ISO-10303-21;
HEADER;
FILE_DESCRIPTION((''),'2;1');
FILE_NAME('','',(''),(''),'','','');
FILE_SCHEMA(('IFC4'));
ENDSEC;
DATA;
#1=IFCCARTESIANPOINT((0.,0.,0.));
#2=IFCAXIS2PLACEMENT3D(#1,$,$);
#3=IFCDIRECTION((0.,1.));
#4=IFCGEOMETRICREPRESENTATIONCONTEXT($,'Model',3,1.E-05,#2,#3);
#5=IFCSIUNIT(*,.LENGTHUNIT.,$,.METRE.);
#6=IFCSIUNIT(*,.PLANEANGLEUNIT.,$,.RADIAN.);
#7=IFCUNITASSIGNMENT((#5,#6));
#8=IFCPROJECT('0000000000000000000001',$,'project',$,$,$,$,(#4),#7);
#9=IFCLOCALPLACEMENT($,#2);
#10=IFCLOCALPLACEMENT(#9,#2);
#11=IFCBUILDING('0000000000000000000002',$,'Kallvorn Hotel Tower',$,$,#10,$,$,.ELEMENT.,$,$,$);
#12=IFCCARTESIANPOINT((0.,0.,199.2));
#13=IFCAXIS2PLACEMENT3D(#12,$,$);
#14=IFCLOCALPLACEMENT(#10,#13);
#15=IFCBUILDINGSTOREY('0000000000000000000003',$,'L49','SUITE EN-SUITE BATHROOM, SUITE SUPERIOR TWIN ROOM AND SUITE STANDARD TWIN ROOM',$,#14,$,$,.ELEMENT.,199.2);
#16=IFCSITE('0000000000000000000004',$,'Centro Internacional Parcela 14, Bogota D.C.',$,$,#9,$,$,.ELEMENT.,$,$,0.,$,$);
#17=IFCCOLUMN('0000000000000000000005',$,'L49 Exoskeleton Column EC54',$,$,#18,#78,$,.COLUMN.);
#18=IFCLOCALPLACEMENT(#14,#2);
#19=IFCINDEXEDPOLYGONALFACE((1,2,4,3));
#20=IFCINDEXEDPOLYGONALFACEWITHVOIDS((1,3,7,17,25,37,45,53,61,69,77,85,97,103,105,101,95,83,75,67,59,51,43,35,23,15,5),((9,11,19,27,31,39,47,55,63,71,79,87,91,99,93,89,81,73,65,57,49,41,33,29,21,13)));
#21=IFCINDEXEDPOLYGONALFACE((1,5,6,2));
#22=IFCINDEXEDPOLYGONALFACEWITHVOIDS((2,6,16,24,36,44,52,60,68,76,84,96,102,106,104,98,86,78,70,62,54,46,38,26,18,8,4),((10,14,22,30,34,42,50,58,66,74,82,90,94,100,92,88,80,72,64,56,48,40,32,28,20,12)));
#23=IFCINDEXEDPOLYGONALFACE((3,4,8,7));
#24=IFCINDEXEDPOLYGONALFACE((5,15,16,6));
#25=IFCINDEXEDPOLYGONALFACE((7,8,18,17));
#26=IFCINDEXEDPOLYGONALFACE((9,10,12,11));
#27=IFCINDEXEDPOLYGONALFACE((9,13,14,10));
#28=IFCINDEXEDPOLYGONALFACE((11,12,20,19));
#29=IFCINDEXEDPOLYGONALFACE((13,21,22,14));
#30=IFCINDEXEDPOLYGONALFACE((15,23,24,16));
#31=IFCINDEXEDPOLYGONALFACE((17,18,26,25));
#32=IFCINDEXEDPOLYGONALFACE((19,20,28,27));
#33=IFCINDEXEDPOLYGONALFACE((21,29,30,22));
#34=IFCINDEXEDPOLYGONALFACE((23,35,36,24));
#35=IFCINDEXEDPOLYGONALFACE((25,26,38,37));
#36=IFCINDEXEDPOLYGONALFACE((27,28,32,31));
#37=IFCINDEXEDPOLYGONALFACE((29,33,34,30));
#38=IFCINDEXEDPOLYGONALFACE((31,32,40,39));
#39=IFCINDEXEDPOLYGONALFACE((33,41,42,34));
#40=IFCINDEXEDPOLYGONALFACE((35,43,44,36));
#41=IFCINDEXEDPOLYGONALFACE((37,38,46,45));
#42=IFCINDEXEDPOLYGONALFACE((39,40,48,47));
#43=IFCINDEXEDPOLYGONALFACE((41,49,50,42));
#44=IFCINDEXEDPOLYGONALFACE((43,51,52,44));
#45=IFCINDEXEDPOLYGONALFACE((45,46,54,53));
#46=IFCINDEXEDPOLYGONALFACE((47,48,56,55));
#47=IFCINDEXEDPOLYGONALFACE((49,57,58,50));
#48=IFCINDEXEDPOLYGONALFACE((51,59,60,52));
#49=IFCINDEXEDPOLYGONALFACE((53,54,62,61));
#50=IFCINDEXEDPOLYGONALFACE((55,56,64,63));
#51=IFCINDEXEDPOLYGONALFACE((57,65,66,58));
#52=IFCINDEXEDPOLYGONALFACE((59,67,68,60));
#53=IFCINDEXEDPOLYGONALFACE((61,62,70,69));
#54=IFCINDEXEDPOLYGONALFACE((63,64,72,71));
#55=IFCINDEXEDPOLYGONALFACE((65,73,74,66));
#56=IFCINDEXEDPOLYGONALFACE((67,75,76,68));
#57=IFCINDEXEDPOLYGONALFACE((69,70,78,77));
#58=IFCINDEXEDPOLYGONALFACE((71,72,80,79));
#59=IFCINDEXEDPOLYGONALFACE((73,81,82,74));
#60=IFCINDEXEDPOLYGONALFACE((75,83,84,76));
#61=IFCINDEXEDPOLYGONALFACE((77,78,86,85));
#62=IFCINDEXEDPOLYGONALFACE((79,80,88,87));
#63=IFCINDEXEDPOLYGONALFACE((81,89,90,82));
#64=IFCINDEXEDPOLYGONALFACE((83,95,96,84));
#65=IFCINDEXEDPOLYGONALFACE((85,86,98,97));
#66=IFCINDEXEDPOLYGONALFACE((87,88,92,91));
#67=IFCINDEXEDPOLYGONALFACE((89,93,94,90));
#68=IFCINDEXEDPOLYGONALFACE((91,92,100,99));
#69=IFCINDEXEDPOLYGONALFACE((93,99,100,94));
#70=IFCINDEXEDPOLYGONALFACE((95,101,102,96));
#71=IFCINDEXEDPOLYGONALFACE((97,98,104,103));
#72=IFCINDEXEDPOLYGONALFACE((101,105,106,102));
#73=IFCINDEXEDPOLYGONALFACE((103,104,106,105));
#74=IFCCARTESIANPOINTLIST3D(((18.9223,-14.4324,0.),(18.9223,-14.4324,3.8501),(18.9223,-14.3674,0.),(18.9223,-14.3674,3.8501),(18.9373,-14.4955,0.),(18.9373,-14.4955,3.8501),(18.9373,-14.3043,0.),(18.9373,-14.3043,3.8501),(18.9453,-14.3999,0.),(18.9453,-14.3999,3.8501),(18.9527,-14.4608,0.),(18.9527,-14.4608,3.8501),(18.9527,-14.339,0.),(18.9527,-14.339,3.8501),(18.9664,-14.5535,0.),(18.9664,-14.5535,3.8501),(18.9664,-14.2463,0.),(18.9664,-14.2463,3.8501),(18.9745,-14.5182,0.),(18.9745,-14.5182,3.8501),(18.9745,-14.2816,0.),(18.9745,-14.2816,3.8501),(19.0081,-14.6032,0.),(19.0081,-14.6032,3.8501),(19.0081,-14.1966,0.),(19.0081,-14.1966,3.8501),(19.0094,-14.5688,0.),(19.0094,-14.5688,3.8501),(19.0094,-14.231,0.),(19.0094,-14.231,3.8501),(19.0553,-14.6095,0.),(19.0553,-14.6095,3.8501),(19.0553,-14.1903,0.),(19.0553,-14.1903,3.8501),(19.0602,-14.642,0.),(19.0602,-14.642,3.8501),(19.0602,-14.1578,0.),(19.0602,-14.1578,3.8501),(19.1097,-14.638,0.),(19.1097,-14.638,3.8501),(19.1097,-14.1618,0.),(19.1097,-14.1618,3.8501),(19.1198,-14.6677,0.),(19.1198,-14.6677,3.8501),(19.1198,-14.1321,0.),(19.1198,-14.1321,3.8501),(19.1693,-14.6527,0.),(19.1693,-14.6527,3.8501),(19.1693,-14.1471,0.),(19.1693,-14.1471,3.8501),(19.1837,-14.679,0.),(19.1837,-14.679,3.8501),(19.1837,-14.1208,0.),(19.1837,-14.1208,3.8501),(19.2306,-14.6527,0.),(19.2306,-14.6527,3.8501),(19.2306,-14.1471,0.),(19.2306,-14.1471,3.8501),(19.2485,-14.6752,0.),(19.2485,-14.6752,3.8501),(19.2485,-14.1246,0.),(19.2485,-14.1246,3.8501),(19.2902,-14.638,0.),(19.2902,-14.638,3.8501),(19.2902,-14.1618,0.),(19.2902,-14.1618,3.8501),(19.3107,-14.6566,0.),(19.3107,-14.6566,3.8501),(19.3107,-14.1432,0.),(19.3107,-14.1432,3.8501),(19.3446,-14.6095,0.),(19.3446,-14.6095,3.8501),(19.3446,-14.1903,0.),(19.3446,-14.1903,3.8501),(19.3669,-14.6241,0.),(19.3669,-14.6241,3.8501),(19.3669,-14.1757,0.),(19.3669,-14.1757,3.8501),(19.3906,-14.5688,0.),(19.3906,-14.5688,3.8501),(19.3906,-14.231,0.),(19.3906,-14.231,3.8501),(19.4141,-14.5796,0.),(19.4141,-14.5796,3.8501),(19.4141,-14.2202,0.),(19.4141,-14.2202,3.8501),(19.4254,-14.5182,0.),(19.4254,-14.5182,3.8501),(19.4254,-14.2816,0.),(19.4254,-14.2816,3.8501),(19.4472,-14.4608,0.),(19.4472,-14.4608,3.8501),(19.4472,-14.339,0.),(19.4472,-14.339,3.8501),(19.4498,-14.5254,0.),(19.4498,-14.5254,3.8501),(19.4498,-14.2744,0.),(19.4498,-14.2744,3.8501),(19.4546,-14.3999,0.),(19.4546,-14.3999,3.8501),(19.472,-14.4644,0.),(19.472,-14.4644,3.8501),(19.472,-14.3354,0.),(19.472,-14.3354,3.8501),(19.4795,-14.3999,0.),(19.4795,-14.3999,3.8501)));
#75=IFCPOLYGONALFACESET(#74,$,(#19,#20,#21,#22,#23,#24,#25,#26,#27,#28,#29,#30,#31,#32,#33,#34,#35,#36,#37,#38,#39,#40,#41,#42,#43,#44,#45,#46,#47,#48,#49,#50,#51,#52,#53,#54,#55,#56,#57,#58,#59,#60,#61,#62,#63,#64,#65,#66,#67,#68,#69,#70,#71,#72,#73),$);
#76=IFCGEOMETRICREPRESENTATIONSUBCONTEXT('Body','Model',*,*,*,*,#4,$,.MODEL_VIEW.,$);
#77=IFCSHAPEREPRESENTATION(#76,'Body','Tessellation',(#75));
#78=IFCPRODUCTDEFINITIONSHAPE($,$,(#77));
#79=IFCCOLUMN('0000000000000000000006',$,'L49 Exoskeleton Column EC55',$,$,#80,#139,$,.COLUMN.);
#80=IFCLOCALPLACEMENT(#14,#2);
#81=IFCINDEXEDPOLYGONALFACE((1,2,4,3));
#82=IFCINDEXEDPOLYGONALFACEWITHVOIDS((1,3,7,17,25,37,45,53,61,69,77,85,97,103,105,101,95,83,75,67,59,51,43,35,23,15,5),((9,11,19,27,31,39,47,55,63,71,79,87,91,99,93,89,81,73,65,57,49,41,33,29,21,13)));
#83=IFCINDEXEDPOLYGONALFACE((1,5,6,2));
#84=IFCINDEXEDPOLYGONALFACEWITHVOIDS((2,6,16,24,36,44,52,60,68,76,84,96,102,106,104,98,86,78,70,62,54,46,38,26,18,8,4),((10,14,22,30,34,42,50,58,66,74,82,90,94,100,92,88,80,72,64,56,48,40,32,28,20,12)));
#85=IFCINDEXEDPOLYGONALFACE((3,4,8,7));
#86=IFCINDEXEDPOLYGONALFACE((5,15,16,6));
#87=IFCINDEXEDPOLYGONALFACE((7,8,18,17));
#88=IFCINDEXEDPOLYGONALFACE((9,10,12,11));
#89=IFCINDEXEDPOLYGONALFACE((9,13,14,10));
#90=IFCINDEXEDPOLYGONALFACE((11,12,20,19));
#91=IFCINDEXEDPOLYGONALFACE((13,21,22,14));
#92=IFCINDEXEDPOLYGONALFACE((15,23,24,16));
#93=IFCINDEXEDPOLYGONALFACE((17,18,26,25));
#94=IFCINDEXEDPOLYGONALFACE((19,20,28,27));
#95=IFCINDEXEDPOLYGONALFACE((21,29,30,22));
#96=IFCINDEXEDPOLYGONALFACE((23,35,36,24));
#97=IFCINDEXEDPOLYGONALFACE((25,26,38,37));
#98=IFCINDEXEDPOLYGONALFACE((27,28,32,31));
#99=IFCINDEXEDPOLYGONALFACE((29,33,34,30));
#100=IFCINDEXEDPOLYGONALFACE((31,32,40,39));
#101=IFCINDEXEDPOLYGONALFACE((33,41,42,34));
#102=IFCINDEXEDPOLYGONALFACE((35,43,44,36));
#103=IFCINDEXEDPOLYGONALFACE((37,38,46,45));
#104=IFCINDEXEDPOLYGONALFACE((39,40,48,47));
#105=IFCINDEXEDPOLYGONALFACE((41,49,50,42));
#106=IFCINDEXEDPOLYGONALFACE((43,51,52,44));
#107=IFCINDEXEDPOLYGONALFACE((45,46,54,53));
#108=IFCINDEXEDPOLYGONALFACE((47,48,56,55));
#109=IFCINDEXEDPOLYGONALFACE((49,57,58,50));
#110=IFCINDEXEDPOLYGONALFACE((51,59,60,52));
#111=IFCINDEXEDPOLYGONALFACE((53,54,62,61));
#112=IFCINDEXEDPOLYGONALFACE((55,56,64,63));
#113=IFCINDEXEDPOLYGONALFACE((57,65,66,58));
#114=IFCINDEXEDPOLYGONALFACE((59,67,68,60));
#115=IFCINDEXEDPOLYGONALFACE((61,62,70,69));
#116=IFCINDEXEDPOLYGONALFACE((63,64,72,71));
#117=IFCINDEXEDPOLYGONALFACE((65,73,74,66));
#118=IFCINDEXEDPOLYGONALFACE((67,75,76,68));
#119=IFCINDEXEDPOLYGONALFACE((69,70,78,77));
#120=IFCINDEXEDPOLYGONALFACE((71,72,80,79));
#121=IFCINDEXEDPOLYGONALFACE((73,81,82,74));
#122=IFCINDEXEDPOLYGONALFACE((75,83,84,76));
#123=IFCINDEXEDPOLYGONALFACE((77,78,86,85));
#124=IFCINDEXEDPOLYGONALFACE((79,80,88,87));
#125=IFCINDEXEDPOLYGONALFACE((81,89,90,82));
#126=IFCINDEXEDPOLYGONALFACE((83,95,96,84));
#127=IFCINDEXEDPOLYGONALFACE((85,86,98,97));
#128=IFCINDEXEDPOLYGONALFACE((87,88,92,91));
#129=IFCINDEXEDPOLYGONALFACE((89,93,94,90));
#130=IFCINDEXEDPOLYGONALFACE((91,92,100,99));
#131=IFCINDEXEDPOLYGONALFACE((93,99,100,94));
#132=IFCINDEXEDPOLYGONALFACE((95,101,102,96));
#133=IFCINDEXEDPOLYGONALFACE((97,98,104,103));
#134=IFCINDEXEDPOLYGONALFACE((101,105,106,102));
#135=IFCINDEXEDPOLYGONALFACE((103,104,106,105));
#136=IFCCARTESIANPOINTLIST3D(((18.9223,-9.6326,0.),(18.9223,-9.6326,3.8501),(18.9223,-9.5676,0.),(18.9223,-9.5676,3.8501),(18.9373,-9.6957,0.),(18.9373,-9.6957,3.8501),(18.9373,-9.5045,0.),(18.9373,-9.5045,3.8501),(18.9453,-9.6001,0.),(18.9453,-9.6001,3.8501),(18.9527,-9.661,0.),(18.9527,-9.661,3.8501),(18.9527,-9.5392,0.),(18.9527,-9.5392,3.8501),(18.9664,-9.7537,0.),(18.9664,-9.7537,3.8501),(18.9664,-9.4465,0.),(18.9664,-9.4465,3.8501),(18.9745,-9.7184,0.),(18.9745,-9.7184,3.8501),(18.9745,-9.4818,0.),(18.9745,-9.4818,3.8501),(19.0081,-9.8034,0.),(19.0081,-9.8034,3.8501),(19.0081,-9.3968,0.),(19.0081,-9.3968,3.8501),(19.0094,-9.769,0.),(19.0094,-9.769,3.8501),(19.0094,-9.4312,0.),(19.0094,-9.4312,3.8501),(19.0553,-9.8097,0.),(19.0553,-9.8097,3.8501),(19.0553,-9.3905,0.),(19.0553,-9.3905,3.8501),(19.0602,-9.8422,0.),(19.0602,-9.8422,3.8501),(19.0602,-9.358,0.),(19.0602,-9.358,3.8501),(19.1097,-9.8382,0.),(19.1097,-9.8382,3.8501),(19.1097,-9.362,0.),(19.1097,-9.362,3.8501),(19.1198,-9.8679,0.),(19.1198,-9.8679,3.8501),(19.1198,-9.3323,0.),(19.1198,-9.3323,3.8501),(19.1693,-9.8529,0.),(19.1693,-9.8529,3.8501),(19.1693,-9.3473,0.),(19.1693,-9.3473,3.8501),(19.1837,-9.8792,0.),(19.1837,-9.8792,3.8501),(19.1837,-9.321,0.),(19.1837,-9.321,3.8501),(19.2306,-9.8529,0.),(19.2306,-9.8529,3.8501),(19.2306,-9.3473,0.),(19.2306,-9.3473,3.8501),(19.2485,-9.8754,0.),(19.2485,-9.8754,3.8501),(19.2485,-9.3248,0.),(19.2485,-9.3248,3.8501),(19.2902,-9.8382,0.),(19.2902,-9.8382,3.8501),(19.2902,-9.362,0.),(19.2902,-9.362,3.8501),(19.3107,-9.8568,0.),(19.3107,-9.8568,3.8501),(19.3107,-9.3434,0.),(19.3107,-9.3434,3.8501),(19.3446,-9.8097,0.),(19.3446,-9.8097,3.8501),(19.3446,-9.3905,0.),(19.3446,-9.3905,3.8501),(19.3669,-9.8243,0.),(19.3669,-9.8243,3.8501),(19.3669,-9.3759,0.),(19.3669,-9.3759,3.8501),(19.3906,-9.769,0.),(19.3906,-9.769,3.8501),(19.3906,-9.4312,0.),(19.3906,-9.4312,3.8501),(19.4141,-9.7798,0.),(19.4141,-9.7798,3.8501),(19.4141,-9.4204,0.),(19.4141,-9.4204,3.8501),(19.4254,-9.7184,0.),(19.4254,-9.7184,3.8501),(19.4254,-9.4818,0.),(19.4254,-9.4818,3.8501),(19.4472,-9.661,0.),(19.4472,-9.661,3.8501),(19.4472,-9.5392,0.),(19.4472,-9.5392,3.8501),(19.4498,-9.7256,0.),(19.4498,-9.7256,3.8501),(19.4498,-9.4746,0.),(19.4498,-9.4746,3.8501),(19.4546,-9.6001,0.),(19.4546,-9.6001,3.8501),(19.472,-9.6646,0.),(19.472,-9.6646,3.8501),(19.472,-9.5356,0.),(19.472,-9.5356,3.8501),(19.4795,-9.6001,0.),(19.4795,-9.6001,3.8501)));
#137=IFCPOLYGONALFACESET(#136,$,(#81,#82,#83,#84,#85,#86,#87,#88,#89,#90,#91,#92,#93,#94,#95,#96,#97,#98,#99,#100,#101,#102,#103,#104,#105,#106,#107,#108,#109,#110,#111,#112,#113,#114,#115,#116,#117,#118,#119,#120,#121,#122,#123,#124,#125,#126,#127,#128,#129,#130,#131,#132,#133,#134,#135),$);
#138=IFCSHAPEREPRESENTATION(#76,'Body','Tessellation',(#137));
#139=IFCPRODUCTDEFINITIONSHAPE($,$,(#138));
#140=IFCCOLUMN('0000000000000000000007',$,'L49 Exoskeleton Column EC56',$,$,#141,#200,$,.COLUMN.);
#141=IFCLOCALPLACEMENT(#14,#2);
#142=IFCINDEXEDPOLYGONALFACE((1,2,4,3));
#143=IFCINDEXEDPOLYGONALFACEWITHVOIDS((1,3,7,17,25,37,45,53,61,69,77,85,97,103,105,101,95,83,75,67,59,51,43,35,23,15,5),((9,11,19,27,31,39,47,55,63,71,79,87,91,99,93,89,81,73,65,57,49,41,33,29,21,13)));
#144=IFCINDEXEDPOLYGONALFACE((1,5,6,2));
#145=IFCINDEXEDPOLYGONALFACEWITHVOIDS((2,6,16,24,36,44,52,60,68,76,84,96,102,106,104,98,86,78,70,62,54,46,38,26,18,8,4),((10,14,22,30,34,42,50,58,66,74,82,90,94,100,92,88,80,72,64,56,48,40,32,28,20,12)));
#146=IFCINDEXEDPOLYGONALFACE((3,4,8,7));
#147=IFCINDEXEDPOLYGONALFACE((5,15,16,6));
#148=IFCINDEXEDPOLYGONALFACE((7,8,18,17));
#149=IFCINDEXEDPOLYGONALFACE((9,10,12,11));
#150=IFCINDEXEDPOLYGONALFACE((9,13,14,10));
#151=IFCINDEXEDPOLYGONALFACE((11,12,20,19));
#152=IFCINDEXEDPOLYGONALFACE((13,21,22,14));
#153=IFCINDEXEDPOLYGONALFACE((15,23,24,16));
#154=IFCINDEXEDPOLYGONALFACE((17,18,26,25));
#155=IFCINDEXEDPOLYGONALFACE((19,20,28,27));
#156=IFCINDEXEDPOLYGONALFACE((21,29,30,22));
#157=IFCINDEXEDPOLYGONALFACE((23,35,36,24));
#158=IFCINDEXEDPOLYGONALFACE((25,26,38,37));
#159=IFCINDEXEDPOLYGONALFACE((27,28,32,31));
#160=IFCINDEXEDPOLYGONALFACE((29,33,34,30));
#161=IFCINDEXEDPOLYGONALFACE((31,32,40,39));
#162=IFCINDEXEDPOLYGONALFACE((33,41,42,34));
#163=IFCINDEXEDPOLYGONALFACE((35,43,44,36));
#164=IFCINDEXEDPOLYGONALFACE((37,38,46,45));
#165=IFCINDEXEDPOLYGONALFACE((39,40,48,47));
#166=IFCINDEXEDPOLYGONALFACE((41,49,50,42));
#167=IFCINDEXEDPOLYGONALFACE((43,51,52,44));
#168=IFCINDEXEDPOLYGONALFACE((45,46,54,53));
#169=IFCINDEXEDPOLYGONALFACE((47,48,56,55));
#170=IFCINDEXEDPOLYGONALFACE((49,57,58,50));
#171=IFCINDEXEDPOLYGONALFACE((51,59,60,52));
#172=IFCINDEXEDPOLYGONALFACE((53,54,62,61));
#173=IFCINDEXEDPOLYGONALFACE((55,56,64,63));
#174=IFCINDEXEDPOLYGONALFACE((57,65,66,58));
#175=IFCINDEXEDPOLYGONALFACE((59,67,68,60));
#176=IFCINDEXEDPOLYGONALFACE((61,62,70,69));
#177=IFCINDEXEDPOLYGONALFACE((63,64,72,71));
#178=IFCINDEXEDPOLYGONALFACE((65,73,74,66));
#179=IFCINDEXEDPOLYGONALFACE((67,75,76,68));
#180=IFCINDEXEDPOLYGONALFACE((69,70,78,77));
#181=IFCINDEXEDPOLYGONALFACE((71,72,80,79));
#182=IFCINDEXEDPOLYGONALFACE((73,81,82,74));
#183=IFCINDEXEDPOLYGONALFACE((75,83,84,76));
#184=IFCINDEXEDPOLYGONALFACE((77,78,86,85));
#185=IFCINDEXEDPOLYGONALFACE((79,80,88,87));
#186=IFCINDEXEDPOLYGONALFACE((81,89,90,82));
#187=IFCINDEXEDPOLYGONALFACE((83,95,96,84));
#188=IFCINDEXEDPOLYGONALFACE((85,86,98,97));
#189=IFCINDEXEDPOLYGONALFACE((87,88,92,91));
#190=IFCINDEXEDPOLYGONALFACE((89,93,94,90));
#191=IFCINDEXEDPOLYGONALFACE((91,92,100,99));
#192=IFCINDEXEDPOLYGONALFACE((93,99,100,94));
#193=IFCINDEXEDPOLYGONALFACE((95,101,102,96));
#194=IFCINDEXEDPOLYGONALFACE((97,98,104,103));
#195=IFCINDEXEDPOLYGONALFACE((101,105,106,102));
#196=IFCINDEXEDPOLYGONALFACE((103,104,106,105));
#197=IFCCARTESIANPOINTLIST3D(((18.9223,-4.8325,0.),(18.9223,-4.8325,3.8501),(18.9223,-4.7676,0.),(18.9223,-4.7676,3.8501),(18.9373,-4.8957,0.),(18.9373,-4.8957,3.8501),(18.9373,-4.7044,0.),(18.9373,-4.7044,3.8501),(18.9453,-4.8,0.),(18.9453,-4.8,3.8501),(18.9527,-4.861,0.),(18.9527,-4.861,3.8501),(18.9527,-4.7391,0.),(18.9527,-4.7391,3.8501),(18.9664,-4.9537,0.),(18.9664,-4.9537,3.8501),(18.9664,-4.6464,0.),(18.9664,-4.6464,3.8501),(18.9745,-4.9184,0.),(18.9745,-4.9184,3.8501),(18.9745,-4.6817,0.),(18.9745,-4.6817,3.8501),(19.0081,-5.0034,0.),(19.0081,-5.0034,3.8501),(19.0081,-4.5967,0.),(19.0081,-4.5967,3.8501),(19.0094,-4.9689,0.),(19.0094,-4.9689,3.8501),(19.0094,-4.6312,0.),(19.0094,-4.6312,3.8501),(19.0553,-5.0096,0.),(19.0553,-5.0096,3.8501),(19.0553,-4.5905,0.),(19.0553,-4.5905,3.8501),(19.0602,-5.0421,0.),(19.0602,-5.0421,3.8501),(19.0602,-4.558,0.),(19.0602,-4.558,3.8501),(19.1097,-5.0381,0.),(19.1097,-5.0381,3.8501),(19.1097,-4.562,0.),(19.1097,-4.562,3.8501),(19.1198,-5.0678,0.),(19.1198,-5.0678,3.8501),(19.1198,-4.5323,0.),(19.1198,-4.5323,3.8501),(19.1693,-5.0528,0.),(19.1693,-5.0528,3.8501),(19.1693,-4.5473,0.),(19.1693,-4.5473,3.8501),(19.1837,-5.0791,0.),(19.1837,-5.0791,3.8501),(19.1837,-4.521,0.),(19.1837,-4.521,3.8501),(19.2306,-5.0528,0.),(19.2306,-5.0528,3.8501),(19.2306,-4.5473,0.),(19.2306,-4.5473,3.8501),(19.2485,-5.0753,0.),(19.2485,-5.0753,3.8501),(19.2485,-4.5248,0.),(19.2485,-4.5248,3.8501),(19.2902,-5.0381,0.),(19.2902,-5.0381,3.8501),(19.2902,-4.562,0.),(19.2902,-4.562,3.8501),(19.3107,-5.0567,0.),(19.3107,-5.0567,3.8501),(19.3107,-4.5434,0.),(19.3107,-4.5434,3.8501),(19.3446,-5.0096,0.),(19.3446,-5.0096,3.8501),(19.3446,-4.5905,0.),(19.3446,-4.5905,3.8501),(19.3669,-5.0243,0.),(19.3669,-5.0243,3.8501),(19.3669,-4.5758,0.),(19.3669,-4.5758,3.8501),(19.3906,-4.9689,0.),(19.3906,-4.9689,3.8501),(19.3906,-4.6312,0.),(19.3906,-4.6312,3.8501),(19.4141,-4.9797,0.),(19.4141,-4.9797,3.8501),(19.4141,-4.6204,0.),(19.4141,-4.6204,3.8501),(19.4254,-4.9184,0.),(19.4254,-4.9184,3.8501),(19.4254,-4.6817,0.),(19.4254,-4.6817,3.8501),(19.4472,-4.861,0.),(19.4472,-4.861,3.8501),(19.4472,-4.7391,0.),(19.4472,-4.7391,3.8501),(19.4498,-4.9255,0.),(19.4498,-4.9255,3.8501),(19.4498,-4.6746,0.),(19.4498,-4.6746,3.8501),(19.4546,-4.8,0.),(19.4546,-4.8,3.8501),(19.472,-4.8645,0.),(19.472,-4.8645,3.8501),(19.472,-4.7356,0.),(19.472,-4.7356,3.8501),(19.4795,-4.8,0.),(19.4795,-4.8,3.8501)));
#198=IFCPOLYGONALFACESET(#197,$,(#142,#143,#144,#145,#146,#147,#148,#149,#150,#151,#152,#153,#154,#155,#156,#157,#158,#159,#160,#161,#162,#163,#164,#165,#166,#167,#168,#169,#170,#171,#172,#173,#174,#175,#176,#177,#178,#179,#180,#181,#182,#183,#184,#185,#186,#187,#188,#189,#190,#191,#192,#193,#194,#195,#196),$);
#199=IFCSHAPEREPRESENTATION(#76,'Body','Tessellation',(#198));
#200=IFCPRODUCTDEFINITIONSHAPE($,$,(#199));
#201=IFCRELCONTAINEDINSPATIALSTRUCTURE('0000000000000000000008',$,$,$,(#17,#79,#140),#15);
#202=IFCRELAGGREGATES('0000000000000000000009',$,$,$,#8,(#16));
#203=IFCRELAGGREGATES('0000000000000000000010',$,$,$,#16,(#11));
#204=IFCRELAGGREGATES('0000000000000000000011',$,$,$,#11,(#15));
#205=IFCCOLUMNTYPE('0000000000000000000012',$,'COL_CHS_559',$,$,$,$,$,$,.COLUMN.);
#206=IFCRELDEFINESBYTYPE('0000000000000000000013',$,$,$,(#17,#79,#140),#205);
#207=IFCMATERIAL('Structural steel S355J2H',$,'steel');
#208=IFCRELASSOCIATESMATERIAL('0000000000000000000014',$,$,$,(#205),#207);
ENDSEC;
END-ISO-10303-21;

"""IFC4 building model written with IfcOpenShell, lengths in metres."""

from ifc_helpers import new_model, si_unit, direction, frame, origin, origin_2d, place, context, subcontext, project, spatial, hollow_circle, extrude, material, material_profile, profile_set, type_object, element, save


model = new_model("IFC4")

# Units and contexts
model_context = context("Model", 3, precision=1e-05, world=origin(), true_north=direction((0.0, 1.0)))
body_context = subcontext(model_context, "Body", "Model", "MODEL_VIEW")
ifc_project = project(units=[si_unit("LENGTHUNIT", "METRE"), si_unit("PLANEANGLEUNIT", "RADIAN")], contexts=[model_context])

# Site, building, storey
site_placement = place(None, origin())
site = spatial("IfcSite", under=ifc_project, at=site_placement, Name="Centro Internacional Parcela 14, Bogota D.C.", CompositionType="ELEMENT", RefElevation=0.0)
building_placement = place(site_placement, origin())
building = spatial("IfcBuilding", under=site, at=building_placement, Name="Kallvorn Hotel Tower", CompositionType="ELEMENT")
storey_placement = place(building_placement, frame((0.0, 0.0, 199.2)))
storey = spatial("IfcBuildingStorey", under=building, at=storey_placement, Name="L49", Description="SUITE EN-SUITE BATHROOM, SUITE SUPERIOR TWIN ROOM AND SUITE STANDARD TWIN ROOM", CompositionType="ELEMENT", Elevation=199.2)

# Columns
ifc_material_1 = material(Name="Structural steel S355J2H", Category="steel")
ifc_material_profile_1 = material_profile(ifc_material_1, hollow_circle(Radius=0.2795, WallThickness=0.0249, at=origin_2d()), Name="CHS 559x25")
ifc_profile_set_1 = profile_set([ifc_material_profile_1], Name="Structural steel S355J2H")
column_type_1 = type_object("IfcColumnType", Name="COL_CHS_559", PredefinedType="COLUMN", material=ifc_profile_set_1)
for number, where, z_axis, x_axis, name in (
    (1, (19.2, -14.3999, 0.0), (0.0, 0.0, 1.0), (1.0, 0.0, 0.0), "L49 Exoskeleton Column EC54"),
    (2, (19.2, -9.6001, 0.0), (0.0, 0.0, 1.0), (1.0, 0.0, 0.0), "L49 Exoskeleton Column EC55"),
    (3, (19.2, -4.8, 0.0), (0.0, 0.0, 1.0), (1.0, 0.0, 0.0), "L49 Exoskeleton Column EC56"),
):
    element("IfcColumn", number, at=place(storey_placement, frame(where, z_axis=z_axis, x_axis=x_axis)), inside=storey, type_object=column_type_1, Name=name, PredefinedType="COLUMN", context=body_context, shape_type="SweptSolid", body=[
        extrude(hollow_circle(Radius=0.2795, WallThickness=0.0249, at=origin_2d()), origin(), (0.0, 0.0, 1.0), 3.8501),
    ])

save(model, "model.ifc")
